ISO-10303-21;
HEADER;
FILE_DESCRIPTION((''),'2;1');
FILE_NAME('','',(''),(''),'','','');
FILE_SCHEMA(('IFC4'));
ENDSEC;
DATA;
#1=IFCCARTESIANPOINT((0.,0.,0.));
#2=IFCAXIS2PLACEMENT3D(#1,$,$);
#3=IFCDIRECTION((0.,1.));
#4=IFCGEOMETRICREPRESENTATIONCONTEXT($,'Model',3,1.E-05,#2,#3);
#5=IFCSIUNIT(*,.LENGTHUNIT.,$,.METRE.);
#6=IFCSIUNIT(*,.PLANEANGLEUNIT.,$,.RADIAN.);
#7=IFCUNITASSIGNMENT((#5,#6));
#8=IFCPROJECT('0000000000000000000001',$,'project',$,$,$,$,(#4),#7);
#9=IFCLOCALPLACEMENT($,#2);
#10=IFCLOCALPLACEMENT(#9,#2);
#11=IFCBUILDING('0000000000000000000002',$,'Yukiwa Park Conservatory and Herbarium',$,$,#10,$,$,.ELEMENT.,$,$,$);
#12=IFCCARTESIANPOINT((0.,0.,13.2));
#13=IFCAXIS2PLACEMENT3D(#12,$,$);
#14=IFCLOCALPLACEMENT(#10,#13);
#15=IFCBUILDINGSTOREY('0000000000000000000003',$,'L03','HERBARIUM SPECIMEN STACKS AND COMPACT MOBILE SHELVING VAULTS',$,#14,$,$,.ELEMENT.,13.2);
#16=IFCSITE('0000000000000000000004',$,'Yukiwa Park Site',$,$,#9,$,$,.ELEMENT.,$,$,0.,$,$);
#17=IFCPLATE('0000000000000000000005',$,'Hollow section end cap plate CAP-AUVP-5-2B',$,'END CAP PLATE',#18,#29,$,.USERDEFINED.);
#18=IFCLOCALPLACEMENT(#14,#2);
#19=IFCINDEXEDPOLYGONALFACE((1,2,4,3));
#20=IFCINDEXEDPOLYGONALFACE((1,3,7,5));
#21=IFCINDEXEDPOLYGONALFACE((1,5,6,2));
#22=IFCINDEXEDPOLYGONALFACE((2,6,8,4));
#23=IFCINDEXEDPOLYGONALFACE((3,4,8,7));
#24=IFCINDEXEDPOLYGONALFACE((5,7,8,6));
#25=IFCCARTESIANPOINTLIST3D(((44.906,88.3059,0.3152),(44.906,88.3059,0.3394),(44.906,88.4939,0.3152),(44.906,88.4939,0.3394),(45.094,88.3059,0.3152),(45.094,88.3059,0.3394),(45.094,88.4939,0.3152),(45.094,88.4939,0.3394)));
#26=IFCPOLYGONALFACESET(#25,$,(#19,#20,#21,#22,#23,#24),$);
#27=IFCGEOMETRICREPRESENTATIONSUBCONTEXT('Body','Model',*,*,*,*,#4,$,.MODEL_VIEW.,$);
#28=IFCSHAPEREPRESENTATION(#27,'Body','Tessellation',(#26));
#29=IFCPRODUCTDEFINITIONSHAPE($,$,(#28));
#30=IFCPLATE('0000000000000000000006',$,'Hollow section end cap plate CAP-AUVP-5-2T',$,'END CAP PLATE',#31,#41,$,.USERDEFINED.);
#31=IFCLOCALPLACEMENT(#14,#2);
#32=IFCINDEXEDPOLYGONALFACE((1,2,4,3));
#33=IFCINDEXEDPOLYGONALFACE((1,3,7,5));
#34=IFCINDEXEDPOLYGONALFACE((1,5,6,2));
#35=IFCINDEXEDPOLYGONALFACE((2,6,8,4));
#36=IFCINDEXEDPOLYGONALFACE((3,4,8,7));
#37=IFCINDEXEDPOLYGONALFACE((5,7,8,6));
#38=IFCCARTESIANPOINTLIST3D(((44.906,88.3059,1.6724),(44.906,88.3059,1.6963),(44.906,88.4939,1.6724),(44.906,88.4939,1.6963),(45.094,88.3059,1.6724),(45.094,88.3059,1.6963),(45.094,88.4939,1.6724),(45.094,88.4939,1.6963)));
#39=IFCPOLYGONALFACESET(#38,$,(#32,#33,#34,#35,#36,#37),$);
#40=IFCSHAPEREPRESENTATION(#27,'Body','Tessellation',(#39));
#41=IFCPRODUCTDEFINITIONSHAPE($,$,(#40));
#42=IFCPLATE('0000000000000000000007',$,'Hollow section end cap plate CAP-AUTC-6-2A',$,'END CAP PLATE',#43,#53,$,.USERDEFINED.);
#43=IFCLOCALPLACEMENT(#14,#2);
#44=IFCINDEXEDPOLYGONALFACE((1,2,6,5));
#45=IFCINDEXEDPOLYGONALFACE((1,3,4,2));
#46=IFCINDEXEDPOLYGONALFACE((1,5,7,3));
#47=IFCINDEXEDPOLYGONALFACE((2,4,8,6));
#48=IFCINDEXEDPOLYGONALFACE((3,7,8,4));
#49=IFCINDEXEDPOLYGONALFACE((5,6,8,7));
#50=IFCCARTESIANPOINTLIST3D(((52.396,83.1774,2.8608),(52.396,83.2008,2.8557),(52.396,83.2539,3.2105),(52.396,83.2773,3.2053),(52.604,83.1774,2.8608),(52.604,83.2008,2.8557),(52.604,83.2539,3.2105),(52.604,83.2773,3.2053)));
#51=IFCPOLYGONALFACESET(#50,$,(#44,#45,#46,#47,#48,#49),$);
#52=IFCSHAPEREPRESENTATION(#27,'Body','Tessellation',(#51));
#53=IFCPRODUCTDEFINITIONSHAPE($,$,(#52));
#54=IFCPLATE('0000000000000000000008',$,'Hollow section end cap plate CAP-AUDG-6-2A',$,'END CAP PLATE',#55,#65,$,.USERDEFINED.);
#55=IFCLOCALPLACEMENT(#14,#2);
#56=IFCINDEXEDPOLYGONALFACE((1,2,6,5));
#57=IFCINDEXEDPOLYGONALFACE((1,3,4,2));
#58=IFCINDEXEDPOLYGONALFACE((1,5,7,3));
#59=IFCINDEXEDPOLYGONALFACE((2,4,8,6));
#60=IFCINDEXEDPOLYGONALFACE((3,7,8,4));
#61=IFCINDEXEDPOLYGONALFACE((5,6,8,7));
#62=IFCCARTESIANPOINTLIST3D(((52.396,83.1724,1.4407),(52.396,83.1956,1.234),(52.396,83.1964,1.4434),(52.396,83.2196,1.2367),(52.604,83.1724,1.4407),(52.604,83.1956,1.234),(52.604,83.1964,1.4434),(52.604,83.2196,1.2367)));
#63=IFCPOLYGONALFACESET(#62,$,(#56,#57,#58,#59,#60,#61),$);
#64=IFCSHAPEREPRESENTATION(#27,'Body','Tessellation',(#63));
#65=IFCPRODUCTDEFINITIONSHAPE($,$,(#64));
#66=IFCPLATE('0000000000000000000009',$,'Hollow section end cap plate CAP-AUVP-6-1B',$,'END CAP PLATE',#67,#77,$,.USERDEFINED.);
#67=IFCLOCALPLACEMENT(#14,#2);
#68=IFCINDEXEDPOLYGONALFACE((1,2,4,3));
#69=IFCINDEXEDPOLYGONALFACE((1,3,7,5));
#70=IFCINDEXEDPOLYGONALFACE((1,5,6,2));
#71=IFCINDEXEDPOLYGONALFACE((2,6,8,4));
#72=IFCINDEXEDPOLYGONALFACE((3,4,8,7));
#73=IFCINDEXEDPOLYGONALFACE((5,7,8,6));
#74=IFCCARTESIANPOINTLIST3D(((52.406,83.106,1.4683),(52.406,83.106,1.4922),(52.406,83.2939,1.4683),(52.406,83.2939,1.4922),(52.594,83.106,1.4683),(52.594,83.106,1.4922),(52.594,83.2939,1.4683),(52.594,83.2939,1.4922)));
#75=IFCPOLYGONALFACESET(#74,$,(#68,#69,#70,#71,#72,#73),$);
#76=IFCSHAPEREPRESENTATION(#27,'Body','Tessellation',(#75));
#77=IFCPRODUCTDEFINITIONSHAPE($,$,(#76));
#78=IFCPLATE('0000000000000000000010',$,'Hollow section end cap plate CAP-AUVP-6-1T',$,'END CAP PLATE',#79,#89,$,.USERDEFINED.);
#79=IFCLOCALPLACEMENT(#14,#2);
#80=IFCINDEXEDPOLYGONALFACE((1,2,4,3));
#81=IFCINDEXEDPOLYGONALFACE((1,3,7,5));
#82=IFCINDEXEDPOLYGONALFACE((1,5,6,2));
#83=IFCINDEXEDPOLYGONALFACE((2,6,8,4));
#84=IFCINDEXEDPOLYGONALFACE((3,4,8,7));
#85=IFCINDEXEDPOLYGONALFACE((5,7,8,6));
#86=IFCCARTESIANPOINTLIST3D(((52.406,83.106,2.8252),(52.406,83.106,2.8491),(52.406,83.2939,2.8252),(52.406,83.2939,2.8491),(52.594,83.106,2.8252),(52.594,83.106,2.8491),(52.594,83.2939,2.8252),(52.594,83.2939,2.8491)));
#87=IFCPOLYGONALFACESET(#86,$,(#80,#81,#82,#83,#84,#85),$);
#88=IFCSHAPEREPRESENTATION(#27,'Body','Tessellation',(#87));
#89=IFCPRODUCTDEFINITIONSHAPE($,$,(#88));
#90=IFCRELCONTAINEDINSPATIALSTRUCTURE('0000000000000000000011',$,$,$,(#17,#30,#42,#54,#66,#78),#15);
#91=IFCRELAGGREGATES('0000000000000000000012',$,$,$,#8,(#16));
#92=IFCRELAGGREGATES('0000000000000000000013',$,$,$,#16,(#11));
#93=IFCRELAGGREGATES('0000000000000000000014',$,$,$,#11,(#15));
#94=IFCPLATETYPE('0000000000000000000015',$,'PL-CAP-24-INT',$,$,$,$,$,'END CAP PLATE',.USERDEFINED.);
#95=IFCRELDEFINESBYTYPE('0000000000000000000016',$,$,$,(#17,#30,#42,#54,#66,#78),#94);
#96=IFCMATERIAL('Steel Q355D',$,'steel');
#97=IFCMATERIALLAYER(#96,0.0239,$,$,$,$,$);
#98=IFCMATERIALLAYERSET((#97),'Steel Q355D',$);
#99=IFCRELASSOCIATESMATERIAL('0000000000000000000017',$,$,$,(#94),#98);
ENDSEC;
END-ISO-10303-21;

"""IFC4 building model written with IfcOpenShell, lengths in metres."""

from ifc_helpers import new_model, si_unit, direction, frame, origin, origin_2d, place, context, subcontext, project, spatial, rectangle, extrude, material, layer, layer_set, type_object, element, save


model = new_model("IFC4")

# Units and contexts
model_context = context("Model", 3, precision=1e-05, world=origin(), true_north=direction((0.0, 1.0)))
body_context = subcontext(model_context, "Body", "Model", "MODEL_VIEW")
ifc_project = project(units=[si_unit("LENGTHUNIT", "METRE"), si_unit("PLANEANGLEUNIT", "RADIAN")], contexts=[model_context])

# Site, building, storey
site_placement = place(None, origin())
site = spatial("IfcSite", under=ifc_project, at=site_placement, Name="Yukiwa Park Site", CompositionType="ELEMENT", RefElevation=0.0)
building_placement = place(site_placement, origin())
building = spatial("IfcBuilding", under=site, at=building_placement, Name="Yukiwa Park Conservatory and Herbarium", CompositionType="ELEMENT")
storey_placement = place(building_placement, frame((0.0, 0.0, 13.2)))
storey = spatial("IfcBuildingStorey", under=building, at=storey_placement, Name="L03", Description="HERBARIUM SPECIMEN STACKS AND COMPACT MOBILE SHELVING VAULTS", CompositionType="ELEMENT", Elevation=13.2)

# Plates
ifc_material_1 = material(Name="Steel Q355D", Category="steel")
ifc_layer = layer(ifc_material_1, 0.0239)
ifc_layer_set = layer_set([ifc_layer], Name="Steel Q355D")
plate_type = type_object("IfcPlateType", Name="PL-CAP-24-INT", ElementType="END CAP PLATE", PredefinedType="USERDEFINED", material=ifc_layer_set)
plate_1_placement = place(storey_placement, frame((45.0, 88.3999, 0.3394), z_axis=(0.0, 0.0, -1.0), x_axis=(1.0, 0.0, 0.0)))
element("IfcPlate", 1, at=plate_1_placement, inside=storey, type_object=plate_type, Name="Hollow section end cap plate CAP-AUVP-5-2B", ObjectType="END CAP PLATE", PredefinedType="USERDEFINED", context=body_context, shape_type="SweptSolid", body=[
    extrude(rectangle(XDim=0.188, YDim=0.188, at=origin_2d()), origin(), (0.0, 0.0, 1.0), 0.0242),
])
plate_2_placement = place(storey_placement, frame((45.0, 88.3999, 1.6724), z_axis=(0.0, 0.0, 1.0), x_axis=(1.0, 0.0, 0.0)))
element("IfcPlate", 2, at=plate_2_placement, inside=storey, type_object=plate_type, Name="Hollow section end cap plate CAP-AUVP-5-2T", ObjectType="END CAP PLATE", PredefinedType="USERDEFINED", context=body_context, shape_type="SweptSolid", body=[
    extrude(rectangle(XDim=0.188, YDim=0.188, at=origin_2d()), origin(), (0.0, 0.0, 1.0), 0.0239),
])
plate_3_placement = place(storey_placement, frame((52.5, 83.239, 3.0305), z_axis=(0.0, -0.9769, 0.213697), x_axis=(1.0, 0.0, 0.0)))
element("IfcPlate", 3, at=plate_3_placement, inside=storey, type_object=plate_type, Name="Hollow section end cap plate CAP-AUTC-6-2A", ObjectType="END CAP PLATE", PredefinedType="USERDEFINED", context=body_context, shape_type="SweptSolid", body=[
    extrude(rectangle(XDim=0.208, YDim=0.3579, at=origin_2d()), origin(), (0.0, 0.0, 1.0), 0.0239),
])
plate_4_placement = place(storey_placement, frame((52.5, 83.208, 1.3401), z_axis=(0.0, -0.993759, -0.111544), x_axis=(1.0, 0.0, 0.0)))
element("IfcPlate", 4, at=plate_4_placement, inside=storey, type_object=plate_type, Name="Hollow section end cap plate CAP-AUDG-6-2A", ObjectType="END CAP PLATE", PredefinedType="USERDEFINED", context=body_context, shape_type="SweptSolid", body=[
    extrude(rectangle(XDim=0.208, YDim=0.208, at=origin_2d()), origin(), (0.0, 0.0, 1.0), 0.0242),
])
for number, where, z_axis, x_axis, name in (
    (5, (52.5, 83.2, 1.4922), (0.0, 0.0, -1.0), (1.0, 0.0, 0.0), "Hollow section end cap plate CAP-AUVP-6-1B"),
    (6, (52.5, 83.2, 2.8252), (0.0, 0.0, 1.0), (1.0, 0.0, 0.0), "Hollow section end cap plate CAP-AUVP-6-1T"),
):
    element("IfcPlate", number, at=place(storey_placement, frame(where, z_axis=z_axis, x_axis=x_axis)), inside=storey, type_object=plate_type, Name=name, ObjectType="END CAP PLATE", PredefinedType="USERDEFINED", context=body_context, shape_type="SweptSolid", body=[
        extrude(rectangle(XDim=0.188, YDim=0.188, at=origin_2d()), origin(), (0.0, 0.0, 1.0), 0.0239),
    ])

save(model, "model.ifc")
